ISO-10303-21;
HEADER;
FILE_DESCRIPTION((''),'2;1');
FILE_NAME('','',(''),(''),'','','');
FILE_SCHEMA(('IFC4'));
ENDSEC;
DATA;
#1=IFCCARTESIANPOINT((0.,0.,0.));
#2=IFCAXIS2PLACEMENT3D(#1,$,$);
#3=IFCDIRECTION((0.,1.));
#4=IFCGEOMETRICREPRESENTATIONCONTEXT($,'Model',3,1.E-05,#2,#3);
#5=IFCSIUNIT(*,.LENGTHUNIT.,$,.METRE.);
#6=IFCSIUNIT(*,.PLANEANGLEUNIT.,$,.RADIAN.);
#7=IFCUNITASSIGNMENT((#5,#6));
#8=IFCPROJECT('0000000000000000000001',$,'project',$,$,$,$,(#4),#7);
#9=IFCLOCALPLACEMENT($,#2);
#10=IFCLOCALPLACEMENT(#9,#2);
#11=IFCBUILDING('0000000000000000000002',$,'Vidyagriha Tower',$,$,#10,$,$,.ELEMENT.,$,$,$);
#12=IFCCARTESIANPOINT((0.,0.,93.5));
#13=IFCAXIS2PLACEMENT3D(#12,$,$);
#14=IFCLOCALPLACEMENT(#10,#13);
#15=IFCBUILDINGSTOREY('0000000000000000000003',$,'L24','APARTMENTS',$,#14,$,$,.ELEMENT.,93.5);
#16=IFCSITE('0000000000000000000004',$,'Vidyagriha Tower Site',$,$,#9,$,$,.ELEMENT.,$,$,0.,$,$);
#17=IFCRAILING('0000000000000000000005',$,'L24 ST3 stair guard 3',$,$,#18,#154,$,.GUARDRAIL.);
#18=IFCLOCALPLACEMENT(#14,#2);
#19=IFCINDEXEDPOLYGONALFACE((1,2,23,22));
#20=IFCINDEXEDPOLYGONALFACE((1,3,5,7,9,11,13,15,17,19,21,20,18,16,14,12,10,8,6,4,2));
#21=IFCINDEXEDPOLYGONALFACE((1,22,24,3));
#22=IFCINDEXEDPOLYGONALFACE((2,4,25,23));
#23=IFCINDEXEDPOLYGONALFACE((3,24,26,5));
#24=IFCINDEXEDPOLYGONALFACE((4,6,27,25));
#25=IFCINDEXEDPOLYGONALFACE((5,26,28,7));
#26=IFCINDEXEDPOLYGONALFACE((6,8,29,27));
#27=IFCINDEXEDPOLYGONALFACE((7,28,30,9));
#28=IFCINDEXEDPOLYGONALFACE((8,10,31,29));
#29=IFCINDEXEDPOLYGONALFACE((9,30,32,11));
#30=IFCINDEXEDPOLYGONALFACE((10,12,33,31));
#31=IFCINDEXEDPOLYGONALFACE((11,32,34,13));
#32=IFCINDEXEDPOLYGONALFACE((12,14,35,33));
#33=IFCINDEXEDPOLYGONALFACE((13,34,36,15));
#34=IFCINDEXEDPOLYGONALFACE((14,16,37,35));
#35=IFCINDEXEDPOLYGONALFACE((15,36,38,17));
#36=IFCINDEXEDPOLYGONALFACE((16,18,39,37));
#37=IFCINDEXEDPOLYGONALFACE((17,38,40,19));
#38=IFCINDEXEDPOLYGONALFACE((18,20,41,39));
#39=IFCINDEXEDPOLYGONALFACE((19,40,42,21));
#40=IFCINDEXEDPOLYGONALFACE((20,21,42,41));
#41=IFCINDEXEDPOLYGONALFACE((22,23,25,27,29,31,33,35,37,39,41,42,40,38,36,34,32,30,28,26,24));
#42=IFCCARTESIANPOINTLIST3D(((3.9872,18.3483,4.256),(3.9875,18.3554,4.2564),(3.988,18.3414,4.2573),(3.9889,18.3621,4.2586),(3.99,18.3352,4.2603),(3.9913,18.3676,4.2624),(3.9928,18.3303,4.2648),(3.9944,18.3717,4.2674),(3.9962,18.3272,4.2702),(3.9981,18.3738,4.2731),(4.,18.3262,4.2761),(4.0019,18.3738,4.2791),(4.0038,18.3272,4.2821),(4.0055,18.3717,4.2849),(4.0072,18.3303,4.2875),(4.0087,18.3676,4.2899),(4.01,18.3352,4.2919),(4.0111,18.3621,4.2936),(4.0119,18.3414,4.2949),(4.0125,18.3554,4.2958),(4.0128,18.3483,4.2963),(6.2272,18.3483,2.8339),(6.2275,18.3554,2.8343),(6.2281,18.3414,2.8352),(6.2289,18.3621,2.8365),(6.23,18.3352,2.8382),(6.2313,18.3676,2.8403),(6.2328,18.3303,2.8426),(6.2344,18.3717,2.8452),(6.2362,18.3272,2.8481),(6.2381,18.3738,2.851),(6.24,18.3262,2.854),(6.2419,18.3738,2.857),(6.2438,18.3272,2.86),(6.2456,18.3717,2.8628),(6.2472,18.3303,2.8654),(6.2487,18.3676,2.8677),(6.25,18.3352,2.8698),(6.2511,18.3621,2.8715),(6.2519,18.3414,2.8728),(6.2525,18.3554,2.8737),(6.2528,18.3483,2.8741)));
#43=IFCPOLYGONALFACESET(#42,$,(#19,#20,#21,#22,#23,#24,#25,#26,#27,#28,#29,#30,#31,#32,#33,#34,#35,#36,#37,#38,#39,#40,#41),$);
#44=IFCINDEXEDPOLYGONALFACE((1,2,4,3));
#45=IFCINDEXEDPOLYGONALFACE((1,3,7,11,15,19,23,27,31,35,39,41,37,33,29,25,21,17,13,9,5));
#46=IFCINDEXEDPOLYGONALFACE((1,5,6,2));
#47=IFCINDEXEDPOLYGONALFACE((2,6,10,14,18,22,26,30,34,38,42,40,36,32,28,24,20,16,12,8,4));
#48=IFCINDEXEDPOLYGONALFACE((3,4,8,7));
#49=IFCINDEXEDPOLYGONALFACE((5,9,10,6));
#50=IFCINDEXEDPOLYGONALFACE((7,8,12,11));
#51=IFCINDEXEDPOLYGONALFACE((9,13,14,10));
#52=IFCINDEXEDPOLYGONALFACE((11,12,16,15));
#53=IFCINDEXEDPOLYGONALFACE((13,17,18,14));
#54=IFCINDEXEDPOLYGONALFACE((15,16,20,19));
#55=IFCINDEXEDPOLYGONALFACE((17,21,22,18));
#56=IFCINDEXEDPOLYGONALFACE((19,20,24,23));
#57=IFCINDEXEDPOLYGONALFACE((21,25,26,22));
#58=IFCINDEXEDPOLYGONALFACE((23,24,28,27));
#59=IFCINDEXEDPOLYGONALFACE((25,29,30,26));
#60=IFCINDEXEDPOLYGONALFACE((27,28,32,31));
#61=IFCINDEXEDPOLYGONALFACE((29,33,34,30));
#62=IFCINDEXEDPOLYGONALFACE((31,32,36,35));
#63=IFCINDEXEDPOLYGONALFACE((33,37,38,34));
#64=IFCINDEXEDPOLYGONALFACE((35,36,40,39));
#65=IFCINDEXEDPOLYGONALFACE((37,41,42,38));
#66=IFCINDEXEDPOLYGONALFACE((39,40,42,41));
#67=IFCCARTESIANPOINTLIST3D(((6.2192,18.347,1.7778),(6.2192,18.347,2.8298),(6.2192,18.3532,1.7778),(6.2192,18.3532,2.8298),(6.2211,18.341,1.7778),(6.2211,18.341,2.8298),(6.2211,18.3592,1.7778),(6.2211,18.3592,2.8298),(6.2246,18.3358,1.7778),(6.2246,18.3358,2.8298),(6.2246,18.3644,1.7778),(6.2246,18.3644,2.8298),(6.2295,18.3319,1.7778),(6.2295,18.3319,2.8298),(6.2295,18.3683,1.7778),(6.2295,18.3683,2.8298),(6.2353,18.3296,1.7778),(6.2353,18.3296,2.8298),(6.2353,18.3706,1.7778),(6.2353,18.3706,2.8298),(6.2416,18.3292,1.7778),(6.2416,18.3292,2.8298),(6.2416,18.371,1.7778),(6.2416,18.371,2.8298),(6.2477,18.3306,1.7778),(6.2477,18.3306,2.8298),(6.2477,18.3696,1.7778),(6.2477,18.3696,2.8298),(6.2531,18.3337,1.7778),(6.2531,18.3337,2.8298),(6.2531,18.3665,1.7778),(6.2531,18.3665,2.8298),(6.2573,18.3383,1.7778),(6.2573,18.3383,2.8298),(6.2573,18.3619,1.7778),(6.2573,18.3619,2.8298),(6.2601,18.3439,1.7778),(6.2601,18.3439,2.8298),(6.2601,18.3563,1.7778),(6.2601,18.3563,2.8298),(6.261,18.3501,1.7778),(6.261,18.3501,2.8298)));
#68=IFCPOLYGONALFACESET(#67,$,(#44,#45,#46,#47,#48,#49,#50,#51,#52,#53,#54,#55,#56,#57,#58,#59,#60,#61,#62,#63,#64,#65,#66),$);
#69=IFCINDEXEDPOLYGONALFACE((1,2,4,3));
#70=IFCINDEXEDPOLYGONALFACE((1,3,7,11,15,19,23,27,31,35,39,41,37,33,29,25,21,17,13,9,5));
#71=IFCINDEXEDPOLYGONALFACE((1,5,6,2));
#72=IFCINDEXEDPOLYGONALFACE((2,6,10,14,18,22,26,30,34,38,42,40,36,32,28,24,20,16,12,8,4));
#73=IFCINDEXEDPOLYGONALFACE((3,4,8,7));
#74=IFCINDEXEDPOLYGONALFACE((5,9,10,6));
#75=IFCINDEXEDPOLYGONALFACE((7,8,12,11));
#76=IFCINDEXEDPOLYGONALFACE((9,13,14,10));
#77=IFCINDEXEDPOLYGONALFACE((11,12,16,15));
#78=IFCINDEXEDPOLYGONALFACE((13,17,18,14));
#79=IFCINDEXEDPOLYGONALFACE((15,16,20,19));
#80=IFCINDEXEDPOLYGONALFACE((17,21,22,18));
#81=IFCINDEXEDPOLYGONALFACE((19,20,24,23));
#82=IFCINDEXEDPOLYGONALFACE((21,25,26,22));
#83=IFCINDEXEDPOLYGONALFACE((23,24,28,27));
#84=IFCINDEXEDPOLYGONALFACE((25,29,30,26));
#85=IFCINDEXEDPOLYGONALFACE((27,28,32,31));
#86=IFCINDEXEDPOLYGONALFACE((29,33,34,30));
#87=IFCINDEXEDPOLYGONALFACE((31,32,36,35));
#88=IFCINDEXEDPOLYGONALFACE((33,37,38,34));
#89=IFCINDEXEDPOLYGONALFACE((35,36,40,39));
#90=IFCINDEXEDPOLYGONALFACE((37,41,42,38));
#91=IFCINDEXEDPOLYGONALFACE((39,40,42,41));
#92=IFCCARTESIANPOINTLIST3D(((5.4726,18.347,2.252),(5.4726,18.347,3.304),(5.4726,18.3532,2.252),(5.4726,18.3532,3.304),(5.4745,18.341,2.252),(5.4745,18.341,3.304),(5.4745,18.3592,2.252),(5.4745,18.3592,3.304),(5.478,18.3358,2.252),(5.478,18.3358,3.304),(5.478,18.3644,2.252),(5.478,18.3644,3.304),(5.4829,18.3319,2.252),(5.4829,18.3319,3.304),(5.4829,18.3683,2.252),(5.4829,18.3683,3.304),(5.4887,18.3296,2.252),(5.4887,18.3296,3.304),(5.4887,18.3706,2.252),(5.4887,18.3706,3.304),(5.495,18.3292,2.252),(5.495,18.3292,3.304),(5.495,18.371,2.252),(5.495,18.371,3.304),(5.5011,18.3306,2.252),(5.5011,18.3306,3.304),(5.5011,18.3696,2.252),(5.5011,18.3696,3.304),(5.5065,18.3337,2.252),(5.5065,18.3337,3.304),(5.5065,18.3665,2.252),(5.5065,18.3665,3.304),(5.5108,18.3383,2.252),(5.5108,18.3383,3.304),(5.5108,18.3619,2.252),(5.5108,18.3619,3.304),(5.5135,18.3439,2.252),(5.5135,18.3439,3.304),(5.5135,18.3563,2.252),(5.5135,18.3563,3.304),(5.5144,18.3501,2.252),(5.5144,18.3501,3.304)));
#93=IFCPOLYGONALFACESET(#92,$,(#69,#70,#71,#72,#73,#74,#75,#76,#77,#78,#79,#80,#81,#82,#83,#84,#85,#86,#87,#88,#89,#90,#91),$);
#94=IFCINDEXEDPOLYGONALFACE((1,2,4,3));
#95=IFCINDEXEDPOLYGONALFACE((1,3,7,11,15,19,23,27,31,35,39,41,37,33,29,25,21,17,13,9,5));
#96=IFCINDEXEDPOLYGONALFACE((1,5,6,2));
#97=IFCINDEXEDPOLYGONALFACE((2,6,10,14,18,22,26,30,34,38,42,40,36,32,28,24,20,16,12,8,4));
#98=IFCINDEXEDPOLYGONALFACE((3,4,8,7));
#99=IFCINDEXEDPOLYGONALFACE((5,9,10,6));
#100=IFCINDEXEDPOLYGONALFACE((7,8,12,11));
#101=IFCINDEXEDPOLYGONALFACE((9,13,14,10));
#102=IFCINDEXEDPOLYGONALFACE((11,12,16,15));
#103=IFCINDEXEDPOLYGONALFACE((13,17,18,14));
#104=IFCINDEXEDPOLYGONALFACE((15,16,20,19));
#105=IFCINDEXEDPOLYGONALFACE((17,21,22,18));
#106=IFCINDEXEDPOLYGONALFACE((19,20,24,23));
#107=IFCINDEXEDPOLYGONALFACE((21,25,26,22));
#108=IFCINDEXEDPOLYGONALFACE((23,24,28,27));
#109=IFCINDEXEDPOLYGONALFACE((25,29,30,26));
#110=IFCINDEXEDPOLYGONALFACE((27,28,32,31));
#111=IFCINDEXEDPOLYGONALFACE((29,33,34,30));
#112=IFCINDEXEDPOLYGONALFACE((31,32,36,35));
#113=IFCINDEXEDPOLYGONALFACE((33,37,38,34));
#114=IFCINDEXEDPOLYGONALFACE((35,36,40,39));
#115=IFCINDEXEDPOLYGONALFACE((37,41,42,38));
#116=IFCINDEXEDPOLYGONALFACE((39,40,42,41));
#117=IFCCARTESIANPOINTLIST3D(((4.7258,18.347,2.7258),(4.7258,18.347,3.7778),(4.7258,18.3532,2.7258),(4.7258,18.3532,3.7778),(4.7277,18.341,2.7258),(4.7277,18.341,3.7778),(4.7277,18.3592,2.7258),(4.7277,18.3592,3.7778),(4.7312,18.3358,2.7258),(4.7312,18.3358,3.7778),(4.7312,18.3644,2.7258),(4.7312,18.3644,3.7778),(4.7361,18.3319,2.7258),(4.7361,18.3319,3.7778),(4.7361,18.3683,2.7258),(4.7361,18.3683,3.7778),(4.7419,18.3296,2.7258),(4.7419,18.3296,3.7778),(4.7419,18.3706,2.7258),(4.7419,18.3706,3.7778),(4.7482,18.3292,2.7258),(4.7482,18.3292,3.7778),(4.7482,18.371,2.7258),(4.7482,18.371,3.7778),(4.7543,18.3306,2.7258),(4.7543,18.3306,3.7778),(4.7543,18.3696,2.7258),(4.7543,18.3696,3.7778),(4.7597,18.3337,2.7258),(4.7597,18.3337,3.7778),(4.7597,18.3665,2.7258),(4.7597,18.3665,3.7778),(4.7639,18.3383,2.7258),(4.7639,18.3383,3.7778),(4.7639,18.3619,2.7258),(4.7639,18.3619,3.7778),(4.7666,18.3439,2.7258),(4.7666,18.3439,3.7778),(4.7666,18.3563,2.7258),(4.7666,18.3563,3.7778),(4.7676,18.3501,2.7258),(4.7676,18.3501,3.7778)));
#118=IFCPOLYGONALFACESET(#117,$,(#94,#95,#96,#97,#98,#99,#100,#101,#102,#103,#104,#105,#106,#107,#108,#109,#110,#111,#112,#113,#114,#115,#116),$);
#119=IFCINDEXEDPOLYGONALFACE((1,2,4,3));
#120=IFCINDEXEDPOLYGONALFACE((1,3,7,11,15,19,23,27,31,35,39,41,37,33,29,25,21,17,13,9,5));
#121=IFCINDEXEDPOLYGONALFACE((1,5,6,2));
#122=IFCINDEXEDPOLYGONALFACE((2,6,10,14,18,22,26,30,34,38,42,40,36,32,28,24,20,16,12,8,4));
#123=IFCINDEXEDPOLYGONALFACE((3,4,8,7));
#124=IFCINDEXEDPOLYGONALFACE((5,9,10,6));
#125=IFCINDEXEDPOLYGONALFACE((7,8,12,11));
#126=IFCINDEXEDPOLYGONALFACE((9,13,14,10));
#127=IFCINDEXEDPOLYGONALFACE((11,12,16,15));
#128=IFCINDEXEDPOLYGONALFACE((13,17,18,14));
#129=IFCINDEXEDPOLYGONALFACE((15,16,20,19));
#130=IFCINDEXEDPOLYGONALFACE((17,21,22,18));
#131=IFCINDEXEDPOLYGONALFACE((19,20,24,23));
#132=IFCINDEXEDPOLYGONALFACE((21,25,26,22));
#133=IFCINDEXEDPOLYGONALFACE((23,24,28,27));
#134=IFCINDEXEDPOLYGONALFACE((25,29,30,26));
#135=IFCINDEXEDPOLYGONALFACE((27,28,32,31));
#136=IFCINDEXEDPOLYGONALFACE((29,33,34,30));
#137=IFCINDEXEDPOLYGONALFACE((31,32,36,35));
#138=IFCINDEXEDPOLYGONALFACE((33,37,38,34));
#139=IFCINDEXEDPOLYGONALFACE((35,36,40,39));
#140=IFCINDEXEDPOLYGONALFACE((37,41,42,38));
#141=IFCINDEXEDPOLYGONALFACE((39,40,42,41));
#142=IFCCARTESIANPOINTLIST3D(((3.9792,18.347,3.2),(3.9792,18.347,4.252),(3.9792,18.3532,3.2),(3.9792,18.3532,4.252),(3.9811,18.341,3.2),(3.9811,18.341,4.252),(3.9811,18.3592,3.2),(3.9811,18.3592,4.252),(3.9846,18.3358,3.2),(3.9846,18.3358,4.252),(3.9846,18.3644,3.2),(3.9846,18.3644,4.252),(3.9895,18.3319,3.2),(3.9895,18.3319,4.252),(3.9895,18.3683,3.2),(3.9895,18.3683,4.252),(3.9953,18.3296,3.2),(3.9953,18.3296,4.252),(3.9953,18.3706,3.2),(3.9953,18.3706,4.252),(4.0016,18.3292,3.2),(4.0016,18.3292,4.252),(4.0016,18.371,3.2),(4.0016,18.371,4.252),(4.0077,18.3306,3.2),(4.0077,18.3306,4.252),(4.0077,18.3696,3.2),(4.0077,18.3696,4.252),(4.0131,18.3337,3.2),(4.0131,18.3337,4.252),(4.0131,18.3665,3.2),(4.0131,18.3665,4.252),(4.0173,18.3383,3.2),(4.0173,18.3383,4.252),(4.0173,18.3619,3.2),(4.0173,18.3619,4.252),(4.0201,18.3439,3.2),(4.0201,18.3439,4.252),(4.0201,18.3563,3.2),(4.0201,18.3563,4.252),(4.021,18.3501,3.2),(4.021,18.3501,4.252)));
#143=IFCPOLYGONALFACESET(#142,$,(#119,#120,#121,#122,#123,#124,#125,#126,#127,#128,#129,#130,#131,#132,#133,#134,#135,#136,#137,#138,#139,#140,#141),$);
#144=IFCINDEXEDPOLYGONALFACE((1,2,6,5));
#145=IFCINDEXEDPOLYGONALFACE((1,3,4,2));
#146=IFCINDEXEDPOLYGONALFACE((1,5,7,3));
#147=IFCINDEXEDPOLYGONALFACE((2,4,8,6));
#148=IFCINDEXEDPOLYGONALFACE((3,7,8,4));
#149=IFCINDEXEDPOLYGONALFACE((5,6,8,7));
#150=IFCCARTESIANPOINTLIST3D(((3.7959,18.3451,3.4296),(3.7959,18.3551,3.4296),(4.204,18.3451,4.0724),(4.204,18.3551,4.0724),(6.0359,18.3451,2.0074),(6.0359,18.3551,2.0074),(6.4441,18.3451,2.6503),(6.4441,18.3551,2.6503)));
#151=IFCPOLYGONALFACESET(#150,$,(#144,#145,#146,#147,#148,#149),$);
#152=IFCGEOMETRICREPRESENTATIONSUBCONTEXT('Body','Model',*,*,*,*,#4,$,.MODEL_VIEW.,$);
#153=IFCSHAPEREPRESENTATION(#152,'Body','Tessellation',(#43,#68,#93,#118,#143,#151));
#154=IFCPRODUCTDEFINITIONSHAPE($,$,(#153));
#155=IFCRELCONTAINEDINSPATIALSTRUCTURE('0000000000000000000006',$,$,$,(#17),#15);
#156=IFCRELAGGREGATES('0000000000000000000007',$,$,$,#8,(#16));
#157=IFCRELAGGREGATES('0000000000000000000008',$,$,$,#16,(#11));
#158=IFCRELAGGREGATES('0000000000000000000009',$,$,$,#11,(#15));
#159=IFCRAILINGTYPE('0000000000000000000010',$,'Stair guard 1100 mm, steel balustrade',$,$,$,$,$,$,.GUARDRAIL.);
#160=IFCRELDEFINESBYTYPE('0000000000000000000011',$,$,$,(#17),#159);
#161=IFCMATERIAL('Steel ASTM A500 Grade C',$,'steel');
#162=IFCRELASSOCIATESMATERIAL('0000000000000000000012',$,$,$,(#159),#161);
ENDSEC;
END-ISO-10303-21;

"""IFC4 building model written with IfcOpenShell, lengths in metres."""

from ifc_helpers import new_model, si_unit, direction, frame, origin, origin_2d, place, context, subcontext, project, spatial, rectangle, circle, extrude, material, type_object, element, save


model = new_model("IFC4")

# Units and contexts
model_context = context("Model", 3, precision=1e-05, world=origin(), true_north=direction((0.0, 1.0)))
body_context = subcontext(model_context, "Body", "Model", "MODEL_VIEW")
ifc_project = project(units=[si_unit("LENGTHUNIT", "METRE"), si_unit("PLANEANGLEUNIT", "RADIAN")], contexts=[model_context])

# Site, building, storey
site_placement = place(None, origin())
site = spatial("IfcSite", under=ifc_project, at=site_placement, Name="Vidyagriha Tower Site", CompositionType="ELEMENT", RefElevation=0.0)
building_placement = place(site_placement, origin())
building = spatial("IfcBuilding", under=site, at=building_placement, Name="Vidyagriha Tower", CompositionType="ELEMENT")
storey_placement = place(building_placement, frame((0.0, 0.0, 93.5)))
storey = spatial("IfcBuildingStorey", under=building, at=storey_placement, Name="L24", Description="APARTMENTS", CompositionType="ELEMENT", Elevation=93.5)

# Railing
ifc_material_1 = material(Name="Steel ASTM A500 Grade C", Category="steel")
railing_type_1 = type_object("IfcRailingType", Name="Stair guard 1100 mm, steel balustrade", PredefinedType="GUARDRAIL", material=ifc_material_1)
railing_1_placement = place(storey_placement, frame((6.24, 18.3501, 1.7778)))
element("IfcRailing", 1, at=railing_1_placement, inside=storey, type_object=railing_type_1, Name="L24 ST3 stair guard 3", PredefinedType="GUARDRAIL", context=body_context, shape_type="SweptSolid", body=[
    extrude(circle(Radius=0.0239, at=origin_2d()), frame((0.0, 0.0, 1.0762), z_axis=(-0.844229, 0.0, 0.535982), x_axis=(0.0, -1.0, 0.0)), (0.0, 0.0, 1.0), 2.6533),
    extrude(circle(Radius=0.021, at=origin_2d()), origin(), (0.0, 0.0, 1.0), 1.052),
    extrude(circle(Radius=0.021, at=origin_2d()), frame((-0.7466, 0.0, 0.4741)), (0.0, 0.0, 1.0), 1.052),
    extrude(circle(Radius=0.021, at=origin_2d()), frame((-1.4934, 0.0, 0.948)), (0.0, 0.0, 1.0), 1.052),
    extrude(circle(Radius=0.021, at=origin_2d()), frame((-2.24, 0.0, 1.4221)), (0.0, 0.0, 1.0), 1.052),
    extrude(rectangle(XDim=0.01, YDim=0.7615, at=origin_2d()), frame((0.0, 0.0, 0.551), z_axis=(-0.844229, 0.0, 0.535982), x_axis=(0.0, -1.0, 0.0)), (0.0, 0.0, 1.0), 2.6533),
])

save(model, "model.ifc")
